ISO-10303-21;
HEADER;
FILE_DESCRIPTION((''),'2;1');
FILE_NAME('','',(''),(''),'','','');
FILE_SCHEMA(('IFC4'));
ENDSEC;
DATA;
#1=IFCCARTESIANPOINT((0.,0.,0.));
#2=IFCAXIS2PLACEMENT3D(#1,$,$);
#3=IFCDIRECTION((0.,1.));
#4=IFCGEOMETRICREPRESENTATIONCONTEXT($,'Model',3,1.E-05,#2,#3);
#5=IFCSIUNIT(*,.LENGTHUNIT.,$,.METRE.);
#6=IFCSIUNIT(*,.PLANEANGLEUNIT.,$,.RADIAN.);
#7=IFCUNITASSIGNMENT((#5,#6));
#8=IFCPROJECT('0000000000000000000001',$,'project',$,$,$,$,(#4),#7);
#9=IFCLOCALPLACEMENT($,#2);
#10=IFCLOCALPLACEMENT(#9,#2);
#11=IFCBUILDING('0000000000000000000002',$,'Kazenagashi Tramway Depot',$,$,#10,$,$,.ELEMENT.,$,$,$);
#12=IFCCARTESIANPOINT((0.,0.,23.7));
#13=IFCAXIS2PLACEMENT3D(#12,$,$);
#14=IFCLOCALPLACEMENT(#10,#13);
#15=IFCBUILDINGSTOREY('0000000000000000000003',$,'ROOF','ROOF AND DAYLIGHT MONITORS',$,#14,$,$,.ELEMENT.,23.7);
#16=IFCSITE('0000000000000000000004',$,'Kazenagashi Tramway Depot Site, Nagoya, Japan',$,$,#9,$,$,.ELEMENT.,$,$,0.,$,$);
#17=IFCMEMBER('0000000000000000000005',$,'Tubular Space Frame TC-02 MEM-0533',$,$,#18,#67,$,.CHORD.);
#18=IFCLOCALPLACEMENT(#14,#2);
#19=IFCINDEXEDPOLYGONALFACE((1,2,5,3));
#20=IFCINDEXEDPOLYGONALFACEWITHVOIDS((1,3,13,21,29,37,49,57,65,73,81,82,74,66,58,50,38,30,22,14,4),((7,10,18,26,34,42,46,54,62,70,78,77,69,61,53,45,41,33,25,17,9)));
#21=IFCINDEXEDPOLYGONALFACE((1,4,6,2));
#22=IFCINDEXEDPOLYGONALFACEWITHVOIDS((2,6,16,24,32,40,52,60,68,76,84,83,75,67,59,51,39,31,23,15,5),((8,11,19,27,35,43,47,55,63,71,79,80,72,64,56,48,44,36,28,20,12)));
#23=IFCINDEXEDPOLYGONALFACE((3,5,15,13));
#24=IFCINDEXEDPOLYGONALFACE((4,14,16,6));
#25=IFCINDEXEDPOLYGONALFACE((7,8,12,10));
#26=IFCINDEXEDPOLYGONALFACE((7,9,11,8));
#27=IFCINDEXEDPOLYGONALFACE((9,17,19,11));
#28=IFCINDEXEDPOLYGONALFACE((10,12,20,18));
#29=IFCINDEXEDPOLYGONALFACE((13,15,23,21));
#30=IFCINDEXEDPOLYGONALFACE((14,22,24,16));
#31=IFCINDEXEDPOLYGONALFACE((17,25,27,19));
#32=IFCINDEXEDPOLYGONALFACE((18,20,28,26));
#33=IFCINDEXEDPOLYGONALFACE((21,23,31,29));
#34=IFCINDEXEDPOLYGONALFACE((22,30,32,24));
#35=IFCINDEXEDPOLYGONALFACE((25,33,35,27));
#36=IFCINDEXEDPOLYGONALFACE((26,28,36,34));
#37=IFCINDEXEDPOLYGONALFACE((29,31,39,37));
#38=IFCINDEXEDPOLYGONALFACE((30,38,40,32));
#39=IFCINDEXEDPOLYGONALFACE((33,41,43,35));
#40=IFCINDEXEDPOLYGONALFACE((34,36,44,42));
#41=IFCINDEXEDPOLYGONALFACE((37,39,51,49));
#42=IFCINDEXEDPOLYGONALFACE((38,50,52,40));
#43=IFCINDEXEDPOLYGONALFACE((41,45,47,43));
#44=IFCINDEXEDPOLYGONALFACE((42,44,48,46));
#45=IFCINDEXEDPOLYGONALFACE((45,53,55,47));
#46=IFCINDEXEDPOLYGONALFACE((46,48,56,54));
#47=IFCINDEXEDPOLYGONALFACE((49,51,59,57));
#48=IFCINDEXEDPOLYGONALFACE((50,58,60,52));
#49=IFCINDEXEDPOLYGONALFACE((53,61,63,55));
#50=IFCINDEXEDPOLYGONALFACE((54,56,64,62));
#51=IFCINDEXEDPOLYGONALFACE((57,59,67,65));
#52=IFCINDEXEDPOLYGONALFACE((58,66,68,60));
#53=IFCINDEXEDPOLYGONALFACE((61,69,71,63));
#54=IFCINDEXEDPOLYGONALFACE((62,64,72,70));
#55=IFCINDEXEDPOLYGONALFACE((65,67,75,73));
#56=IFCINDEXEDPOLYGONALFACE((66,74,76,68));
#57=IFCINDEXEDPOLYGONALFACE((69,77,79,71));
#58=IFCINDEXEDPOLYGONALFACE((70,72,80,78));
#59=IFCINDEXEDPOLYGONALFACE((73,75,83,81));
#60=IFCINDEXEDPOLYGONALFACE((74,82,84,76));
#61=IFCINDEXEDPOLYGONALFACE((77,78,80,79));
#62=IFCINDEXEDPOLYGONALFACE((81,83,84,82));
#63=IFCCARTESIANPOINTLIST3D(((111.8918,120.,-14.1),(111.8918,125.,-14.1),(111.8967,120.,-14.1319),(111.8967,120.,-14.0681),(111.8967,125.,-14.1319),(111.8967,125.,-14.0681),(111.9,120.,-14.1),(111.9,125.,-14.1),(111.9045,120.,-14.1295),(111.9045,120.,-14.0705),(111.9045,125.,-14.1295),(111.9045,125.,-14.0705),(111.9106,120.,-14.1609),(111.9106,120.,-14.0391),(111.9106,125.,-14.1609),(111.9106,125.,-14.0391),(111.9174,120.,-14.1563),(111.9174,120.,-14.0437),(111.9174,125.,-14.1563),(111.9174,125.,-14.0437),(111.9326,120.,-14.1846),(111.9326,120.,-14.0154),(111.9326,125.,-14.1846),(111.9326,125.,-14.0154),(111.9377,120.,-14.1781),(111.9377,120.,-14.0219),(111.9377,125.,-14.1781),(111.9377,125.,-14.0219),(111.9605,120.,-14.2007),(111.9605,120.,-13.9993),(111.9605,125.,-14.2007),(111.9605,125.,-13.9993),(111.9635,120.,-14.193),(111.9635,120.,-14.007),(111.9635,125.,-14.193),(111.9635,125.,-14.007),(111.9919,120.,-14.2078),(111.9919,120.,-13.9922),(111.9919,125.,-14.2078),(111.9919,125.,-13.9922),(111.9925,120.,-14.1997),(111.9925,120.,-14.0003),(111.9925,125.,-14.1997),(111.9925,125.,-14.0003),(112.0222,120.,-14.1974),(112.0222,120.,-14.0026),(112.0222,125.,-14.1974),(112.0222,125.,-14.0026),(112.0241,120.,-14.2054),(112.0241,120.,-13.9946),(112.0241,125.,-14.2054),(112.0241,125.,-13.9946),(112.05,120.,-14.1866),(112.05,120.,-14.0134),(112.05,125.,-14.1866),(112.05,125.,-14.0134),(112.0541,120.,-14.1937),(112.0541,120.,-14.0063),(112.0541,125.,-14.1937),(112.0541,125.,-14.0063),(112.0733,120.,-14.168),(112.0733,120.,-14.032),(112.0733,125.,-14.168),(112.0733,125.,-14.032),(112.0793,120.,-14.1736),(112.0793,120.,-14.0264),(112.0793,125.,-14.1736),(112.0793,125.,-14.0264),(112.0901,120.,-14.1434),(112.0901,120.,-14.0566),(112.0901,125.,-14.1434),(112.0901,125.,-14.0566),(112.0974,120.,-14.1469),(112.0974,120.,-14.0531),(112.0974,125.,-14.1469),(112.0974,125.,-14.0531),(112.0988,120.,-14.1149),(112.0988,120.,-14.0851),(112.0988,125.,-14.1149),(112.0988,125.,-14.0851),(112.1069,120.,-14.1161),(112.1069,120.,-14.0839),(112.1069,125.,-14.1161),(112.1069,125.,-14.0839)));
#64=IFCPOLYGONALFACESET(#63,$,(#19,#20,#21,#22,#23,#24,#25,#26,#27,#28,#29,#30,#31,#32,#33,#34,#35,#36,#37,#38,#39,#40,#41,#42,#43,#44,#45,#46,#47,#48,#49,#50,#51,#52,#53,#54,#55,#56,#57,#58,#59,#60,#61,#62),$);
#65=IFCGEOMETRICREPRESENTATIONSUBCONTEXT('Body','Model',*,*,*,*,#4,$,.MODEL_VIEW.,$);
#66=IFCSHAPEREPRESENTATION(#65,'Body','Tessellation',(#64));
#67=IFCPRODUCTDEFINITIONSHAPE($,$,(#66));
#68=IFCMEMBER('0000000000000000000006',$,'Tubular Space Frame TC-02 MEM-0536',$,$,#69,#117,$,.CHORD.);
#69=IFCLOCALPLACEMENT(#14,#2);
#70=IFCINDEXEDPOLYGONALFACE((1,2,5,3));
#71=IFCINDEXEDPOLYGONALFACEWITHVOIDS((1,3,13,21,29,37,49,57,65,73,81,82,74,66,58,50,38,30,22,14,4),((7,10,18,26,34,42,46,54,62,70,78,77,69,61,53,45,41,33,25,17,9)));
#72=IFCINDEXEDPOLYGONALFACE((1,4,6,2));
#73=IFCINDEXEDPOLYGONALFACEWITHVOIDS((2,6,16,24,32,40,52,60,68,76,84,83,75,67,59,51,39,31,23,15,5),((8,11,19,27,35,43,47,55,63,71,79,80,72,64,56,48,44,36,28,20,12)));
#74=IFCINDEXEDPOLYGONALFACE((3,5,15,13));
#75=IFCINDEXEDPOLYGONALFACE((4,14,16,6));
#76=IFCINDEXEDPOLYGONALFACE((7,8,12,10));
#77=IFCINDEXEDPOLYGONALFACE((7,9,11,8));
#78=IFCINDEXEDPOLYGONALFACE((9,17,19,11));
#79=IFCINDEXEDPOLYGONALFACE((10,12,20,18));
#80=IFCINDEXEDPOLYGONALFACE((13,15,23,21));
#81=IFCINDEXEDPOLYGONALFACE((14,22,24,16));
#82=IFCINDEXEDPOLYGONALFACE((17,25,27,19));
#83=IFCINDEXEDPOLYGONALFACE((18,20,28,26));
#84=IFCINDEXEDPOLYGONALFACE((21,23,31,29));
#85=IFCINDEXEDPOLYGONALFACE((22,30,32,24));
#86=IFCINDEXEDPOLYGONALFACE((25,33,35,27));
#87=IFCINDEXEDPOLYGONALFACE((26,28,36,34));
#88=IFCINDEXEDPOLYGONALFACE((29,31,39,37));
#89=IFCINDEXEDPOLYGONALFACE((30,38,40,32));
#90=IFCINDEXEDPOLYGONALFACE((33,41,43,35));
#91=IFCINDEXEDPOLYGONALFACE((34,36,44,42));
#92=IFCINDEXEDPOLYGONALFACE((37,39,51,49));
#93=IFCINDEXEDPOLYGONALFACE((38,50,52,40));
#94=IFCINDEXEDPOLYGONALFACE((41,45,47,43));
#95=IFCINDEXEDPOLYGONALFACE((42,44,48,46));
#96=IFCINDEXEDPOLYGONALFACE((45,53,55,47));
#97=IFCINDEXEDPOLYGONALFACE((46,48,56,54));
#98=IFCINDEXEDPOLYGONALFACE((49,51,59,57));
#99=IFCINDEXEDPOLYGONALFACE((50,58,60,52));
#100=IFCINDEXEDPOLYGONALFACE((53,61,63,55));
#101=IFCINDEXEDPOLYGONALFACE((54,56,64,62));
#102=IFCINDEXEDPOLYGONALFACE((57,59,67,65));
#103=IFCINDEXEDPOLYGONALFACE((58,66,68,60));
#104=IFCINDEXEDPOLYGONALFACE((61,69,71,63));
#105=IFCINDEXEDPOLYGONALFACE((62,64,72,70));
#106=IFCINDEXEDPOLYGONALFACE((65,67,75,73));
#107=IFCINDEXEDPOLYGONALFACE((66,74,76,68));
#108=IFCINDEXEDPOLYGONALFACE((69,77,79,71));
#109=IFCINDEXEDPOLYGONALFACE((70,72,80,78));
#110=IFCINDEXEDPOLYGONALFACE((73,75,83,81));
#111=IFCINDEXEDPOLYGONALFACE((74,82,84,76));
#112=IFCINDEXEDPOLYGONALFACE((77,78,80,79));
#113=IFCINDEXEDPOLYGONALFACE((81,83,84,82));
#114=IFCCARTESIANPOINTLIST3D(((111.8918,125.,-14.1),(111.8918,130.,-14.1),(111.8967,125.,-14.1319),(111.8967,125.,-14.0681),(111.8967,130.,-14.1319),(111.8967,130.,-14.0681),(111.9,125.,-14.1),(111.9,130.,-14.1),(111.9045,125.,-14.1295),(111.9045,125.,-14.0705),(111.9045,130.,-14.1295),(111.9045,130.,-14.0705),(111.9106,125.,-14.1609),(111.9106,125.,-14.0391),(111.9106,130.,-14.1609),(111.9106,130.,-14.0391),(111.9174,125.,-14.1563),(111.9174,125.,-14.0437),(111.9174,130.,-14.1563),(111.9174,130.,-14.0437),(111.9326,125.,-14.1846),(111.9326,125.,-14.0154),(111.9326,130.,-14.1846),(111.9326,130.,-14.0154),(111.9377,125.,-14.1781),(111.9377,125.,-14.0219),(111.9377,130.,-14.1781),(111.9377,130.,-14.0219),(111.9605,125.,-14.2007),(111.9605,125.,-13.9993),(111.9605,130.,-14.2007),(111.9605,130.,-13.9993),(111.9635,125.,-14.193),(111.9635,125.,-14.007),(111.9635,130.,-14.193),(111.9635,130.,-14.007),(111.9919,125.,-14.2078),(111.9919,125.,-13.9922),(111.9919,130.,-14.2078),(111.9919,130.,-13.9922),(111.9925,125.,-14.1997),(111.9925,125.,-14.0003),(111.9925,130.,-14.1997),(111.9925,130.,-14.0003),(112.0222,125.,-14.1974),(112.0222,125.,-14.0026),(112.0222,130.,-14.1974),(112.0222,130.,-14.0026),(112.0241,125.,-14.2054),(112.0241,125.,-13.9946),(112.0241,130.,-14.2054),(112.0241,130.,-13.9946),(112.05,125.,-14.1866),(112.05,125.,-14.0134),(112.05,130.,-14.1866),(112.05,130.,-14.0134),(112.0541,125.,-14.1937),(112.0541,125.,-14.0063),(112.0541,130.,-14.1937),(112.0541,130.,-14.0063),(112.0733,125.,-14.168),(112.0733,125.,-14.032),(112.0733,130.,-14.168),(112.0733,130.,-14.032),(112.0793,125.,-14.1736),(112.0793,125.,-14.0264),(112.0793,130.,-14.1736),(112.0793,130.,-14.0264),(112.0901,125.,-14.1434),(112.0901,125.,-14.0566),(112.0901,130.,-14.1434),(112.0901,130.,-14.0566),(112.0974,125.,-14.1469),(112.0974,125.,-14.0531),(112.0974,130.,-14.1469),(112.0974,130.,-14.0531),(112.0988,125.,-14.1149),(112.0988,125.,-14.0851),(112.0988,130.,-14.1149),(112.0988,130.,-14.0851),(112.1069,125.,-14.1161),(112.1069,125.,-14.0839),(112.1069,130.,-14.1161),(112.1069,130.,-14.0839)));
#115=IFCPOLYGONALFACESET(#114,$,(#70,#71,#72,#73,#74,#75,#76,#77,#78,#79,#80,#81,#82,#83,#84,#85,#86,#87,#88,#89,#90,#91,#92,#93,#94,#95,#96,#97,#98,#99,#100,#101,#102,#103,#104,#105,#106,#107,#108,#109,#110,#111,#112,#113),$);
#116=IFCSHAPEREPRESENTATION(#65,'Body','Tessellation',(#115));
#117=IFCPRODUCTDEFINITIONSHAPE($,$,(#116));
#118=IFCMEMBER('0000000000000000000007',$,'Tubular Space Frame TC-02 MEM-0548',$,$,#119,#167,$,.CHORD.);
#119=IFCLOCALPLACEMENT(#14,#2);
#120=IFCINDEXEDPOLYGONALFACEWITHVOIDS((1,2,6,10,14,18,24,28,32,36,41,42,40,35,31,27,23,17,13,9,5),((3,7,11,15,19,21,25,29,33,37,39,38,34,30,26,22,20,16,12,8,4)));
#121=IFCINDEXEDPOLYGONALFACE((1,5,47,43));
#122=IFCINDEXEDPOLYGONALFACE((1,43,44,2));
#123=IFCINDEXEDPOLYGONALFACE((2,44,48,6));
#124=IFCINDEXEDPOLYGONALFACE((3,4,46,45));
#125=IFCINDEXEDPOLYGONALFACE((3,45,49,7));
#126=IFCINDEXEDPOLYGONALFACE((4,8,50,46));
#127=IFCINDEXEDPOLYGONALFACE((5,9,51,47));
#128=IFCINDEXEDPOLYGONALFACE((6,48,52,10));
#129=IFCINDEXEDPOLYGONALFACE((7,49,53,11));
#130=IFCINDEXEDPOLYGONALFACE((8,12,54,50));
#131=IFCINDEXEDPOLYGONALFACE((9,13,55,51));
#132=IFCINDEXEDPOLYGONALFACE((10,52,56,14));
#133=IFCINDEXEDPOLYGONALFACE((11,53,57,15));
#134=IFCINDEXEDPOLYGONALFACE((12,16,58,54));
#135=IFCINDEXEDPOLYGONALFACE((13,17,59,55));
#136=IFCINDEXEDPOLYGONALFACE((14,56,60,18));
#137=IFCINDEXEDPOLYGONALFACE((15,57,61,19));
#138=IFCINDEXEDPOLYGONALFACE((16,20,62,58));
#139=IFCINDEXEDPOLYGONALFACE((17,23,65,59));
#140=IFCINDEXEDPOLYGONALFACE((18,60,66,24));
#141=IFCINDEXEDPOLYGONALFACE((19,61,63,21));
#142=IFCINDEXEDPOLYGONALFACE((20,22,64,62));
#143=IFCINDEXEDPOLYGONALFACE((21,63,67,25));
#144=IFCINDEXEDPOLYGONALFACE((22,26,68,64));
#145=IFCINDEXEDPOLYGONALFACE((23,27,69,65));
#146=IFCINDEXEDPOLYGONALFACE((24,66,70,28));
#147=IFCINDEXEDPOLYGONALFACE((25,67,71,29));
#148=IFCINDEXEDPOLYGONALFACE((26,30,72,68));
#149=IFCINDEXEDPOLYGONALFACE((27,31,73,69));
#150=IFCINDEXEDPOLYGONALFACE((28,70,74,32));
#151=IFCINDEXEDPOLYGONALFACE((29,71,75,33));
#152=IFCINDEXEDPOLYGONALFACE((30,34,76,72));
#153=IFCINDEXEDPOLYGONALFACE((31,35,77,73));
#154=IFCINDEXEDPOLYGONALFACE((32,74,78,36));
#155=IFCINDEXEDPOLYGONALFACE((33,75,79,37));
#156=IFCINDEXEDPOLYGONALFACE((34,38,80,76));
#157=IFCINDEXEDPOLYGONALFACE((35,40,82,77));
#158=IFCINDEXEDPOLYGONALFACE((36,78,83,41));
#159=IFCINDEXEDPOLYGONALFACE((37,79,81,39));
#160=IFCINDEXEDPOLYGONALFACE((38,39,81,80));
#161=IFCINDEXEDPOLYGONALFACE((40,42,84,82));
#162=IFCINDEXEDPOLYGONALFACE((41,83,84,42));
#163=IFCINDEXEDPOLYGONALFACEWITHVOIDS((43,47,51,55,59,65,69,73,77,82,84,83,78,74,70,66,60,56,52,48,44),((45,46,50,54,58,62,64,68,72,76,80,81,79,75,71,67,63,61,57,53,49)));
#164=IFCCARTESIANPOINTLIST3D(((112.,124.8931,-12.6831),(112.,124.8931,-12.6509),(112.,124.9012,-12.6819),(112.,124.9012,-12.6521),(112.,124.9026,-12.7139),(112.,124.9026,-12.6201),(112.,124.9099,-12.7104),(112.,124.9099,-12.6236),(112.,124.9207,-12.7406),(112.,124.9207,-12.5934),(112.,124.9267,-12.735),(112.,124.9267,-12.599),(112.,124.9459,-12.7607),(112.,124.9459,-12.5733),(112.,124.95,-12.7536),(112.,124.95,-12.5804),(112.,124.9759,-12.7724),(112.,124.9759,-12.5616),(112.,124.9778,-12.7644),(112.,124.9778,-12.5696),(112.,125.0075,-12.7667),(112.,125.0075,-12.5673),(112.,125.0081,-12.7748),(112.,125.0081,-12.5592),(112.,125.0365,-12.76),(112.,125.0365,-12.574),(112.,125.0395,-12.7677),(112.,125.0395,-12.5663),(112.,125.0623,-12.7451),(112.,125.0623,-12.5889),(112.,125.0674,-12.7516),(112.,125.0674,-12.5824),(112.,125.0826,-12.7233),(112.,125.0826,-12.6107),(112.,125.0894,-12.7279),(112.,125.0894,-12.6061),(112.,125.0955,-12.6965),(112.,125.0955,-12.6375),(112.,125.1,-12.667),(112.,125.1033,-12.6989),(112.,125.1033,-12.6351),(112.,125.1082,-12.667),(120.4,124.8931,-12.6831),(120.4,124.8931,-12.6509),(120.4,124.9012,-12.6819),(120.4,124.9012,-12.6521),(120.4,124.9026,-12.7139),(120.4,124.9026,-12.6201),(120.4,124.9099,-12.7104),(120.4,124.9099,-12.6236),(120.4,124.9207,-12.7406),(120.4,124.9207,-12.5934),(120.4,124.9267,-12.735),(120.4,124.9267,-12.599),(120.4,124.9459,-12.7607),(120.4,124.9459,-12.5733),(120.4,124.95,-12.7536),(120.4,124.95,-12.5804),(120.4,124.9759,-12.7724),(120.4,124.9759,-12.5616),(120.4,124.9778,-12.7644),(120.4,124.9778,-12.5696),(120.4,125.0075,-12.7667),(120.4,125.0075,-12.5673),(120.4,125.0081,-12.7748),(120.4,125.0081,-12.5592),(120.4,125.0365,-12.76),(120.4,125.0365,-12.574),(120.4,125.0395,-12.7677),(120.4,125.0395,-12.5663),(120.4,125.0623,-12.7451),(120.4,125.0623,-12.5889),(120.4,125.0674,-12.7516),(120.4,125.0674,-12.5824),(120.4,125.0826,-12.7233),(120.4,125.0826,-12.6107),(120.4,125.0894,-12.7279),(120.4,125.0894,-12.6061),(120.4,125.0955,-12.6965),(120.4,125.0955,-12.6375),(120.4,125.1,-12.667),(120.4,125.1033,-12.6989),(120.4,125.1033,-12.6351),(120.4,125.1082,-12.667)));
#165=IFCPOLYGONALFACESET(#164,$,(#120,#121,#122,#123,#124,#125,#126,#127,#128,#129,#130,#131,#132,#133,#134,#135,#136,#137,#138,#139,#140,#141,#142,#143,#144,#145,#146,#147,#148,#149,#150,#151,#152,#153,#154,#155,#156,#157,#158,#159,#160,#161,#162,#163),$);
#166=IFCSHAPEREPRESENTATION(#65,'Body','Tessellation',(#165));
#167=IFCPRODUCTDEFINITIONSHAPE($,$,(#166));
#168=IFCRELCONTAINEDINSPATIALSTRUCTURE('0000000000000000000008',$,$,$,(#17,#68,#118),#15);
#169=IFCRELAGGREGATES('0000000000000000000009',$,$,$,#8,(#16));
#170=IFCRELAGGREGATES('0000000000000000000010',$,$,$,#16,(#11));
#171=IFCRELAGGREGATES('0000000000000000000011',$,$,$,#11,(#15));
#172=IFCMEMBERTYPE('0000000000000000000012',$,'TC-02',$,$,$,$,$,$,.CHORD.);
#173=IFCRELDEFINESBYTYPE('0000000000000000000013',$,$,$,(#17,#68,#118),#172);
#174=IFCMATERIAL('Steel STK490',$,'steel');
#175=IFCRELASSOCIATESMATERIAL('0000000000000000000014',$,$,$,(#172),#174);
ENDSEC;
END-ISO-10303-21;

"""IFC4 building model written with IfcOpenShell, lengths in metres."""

from ifc_helpers import new_model, si_unit, direction, frame, origin, origin_2d, place, context, subcontext, project, spatial, hollow_circle, extrude, material, material_profile, profile_set, type_object, element, save


model = new_model("IFC4")

# Units and contexts
model_context = context("Model", 3, precision=1e-05, world=origin(), true_north=direction((0.0, 1.0)))
body_context = subcontext(model_context, "Body", "Model", "MODEL_VIEW")
ifc_project = project(units=[si_unit("LENGTHUNIT", "METRE"), si_unit("PLANEANGLEUNIT", "RADIAN")], contexts=[model_context])

# Site, building, storey
site_placement = place(None, origin())
site = spatial("IfcSite", under=ifc_project, at=site_placement, Name="Kazenagashi Tramway Depot Site, Nagoya, Japan", CompositionType="ELEMENT", RefElevation=0.0)
building_placement = place(site_placement, origin())
building = spatial("IfcBuilding", under=site, at=building_placement, Name="Kazenagashi Tramway Depot", CompositionType="ELEMENT")
storey_placement = place(building_placement, frame((0.0, 0.0, 23.7)))
storey = spatial("IfcBuildingStorey", under=building, at=storey_placement, Name="ROOF", Description="ROOF AND DAYLIGHT MONITORS", CompositionType="ELEMENT", Elevation=23.7)

# Members
ifc_material_1 = material(Name="Steel STK490", Category="steel")
ifc_material_profile_1 = material_profile(ifc_material_1, hollow_circle(Radius=0.1081, WallThickness=0.0082, at=origin_2d()), Name="CHS-216.3x8.2")
ifc_profile_set_1 = profile_set([ifc_material_profile_1], Name="Steel STK490")
member_type_1 = type_object("IfcMemberType", Name="TC-02", PredefinedType="CHORD", material=ifc_profile_set_1)
for number, where, z_axis, x_axis, name in (
    (1, (112.0, 120.0, -14.1), (0.0, 1.0, 0.0), (-1.0, 0.0, 0.0), "Tubular Space Frame TC-02 MEM-0533"),
    (2, (112.0, 125.0, -14.1), (0.0, 1.0, 0.0), (-1.0, 0.0, 0.0), "Tubular Space Frame TC-02 MEM-0536"),
):
    element("IfcMember", number, at=place(storey_placement, frame(where, z_axis=z_axis, x_axis=x_axis)), inside=storey, type_object=member_type_1, Name=name, PredefinedType="CHORD", context=body_context, shape_type="SweptSolid", body=[
        extrude(hollow_circle(Radius=0.1081, WallThickness=0.0082, at=origin_2d()), origin(), (0.0, 0.0, 1.0), 5.0),
    ])
member_1_placement = place(storey_placement, frame((112.0, 125.0, -12.667), z_axis=(1.0, 0.0, 0.0), x_axis=(0.0, 1.0, 0.0)))
element("IfcMember", 3, at=member_1_placement, inside=storey, type_object=member_type_1, Name="Tubular Space Frame TC-02 MEM-0548", PredefinedType="CHORD", context=body_context, shape_type="SweptSolid", body=[
    extrude(hollow_circle(Radius=0.1081, WallThickness=0.0082, at=origin_2d()), origin(), (0.0, 0.0, 1.0), 8.4),
])

save(model, "model.ifc")
